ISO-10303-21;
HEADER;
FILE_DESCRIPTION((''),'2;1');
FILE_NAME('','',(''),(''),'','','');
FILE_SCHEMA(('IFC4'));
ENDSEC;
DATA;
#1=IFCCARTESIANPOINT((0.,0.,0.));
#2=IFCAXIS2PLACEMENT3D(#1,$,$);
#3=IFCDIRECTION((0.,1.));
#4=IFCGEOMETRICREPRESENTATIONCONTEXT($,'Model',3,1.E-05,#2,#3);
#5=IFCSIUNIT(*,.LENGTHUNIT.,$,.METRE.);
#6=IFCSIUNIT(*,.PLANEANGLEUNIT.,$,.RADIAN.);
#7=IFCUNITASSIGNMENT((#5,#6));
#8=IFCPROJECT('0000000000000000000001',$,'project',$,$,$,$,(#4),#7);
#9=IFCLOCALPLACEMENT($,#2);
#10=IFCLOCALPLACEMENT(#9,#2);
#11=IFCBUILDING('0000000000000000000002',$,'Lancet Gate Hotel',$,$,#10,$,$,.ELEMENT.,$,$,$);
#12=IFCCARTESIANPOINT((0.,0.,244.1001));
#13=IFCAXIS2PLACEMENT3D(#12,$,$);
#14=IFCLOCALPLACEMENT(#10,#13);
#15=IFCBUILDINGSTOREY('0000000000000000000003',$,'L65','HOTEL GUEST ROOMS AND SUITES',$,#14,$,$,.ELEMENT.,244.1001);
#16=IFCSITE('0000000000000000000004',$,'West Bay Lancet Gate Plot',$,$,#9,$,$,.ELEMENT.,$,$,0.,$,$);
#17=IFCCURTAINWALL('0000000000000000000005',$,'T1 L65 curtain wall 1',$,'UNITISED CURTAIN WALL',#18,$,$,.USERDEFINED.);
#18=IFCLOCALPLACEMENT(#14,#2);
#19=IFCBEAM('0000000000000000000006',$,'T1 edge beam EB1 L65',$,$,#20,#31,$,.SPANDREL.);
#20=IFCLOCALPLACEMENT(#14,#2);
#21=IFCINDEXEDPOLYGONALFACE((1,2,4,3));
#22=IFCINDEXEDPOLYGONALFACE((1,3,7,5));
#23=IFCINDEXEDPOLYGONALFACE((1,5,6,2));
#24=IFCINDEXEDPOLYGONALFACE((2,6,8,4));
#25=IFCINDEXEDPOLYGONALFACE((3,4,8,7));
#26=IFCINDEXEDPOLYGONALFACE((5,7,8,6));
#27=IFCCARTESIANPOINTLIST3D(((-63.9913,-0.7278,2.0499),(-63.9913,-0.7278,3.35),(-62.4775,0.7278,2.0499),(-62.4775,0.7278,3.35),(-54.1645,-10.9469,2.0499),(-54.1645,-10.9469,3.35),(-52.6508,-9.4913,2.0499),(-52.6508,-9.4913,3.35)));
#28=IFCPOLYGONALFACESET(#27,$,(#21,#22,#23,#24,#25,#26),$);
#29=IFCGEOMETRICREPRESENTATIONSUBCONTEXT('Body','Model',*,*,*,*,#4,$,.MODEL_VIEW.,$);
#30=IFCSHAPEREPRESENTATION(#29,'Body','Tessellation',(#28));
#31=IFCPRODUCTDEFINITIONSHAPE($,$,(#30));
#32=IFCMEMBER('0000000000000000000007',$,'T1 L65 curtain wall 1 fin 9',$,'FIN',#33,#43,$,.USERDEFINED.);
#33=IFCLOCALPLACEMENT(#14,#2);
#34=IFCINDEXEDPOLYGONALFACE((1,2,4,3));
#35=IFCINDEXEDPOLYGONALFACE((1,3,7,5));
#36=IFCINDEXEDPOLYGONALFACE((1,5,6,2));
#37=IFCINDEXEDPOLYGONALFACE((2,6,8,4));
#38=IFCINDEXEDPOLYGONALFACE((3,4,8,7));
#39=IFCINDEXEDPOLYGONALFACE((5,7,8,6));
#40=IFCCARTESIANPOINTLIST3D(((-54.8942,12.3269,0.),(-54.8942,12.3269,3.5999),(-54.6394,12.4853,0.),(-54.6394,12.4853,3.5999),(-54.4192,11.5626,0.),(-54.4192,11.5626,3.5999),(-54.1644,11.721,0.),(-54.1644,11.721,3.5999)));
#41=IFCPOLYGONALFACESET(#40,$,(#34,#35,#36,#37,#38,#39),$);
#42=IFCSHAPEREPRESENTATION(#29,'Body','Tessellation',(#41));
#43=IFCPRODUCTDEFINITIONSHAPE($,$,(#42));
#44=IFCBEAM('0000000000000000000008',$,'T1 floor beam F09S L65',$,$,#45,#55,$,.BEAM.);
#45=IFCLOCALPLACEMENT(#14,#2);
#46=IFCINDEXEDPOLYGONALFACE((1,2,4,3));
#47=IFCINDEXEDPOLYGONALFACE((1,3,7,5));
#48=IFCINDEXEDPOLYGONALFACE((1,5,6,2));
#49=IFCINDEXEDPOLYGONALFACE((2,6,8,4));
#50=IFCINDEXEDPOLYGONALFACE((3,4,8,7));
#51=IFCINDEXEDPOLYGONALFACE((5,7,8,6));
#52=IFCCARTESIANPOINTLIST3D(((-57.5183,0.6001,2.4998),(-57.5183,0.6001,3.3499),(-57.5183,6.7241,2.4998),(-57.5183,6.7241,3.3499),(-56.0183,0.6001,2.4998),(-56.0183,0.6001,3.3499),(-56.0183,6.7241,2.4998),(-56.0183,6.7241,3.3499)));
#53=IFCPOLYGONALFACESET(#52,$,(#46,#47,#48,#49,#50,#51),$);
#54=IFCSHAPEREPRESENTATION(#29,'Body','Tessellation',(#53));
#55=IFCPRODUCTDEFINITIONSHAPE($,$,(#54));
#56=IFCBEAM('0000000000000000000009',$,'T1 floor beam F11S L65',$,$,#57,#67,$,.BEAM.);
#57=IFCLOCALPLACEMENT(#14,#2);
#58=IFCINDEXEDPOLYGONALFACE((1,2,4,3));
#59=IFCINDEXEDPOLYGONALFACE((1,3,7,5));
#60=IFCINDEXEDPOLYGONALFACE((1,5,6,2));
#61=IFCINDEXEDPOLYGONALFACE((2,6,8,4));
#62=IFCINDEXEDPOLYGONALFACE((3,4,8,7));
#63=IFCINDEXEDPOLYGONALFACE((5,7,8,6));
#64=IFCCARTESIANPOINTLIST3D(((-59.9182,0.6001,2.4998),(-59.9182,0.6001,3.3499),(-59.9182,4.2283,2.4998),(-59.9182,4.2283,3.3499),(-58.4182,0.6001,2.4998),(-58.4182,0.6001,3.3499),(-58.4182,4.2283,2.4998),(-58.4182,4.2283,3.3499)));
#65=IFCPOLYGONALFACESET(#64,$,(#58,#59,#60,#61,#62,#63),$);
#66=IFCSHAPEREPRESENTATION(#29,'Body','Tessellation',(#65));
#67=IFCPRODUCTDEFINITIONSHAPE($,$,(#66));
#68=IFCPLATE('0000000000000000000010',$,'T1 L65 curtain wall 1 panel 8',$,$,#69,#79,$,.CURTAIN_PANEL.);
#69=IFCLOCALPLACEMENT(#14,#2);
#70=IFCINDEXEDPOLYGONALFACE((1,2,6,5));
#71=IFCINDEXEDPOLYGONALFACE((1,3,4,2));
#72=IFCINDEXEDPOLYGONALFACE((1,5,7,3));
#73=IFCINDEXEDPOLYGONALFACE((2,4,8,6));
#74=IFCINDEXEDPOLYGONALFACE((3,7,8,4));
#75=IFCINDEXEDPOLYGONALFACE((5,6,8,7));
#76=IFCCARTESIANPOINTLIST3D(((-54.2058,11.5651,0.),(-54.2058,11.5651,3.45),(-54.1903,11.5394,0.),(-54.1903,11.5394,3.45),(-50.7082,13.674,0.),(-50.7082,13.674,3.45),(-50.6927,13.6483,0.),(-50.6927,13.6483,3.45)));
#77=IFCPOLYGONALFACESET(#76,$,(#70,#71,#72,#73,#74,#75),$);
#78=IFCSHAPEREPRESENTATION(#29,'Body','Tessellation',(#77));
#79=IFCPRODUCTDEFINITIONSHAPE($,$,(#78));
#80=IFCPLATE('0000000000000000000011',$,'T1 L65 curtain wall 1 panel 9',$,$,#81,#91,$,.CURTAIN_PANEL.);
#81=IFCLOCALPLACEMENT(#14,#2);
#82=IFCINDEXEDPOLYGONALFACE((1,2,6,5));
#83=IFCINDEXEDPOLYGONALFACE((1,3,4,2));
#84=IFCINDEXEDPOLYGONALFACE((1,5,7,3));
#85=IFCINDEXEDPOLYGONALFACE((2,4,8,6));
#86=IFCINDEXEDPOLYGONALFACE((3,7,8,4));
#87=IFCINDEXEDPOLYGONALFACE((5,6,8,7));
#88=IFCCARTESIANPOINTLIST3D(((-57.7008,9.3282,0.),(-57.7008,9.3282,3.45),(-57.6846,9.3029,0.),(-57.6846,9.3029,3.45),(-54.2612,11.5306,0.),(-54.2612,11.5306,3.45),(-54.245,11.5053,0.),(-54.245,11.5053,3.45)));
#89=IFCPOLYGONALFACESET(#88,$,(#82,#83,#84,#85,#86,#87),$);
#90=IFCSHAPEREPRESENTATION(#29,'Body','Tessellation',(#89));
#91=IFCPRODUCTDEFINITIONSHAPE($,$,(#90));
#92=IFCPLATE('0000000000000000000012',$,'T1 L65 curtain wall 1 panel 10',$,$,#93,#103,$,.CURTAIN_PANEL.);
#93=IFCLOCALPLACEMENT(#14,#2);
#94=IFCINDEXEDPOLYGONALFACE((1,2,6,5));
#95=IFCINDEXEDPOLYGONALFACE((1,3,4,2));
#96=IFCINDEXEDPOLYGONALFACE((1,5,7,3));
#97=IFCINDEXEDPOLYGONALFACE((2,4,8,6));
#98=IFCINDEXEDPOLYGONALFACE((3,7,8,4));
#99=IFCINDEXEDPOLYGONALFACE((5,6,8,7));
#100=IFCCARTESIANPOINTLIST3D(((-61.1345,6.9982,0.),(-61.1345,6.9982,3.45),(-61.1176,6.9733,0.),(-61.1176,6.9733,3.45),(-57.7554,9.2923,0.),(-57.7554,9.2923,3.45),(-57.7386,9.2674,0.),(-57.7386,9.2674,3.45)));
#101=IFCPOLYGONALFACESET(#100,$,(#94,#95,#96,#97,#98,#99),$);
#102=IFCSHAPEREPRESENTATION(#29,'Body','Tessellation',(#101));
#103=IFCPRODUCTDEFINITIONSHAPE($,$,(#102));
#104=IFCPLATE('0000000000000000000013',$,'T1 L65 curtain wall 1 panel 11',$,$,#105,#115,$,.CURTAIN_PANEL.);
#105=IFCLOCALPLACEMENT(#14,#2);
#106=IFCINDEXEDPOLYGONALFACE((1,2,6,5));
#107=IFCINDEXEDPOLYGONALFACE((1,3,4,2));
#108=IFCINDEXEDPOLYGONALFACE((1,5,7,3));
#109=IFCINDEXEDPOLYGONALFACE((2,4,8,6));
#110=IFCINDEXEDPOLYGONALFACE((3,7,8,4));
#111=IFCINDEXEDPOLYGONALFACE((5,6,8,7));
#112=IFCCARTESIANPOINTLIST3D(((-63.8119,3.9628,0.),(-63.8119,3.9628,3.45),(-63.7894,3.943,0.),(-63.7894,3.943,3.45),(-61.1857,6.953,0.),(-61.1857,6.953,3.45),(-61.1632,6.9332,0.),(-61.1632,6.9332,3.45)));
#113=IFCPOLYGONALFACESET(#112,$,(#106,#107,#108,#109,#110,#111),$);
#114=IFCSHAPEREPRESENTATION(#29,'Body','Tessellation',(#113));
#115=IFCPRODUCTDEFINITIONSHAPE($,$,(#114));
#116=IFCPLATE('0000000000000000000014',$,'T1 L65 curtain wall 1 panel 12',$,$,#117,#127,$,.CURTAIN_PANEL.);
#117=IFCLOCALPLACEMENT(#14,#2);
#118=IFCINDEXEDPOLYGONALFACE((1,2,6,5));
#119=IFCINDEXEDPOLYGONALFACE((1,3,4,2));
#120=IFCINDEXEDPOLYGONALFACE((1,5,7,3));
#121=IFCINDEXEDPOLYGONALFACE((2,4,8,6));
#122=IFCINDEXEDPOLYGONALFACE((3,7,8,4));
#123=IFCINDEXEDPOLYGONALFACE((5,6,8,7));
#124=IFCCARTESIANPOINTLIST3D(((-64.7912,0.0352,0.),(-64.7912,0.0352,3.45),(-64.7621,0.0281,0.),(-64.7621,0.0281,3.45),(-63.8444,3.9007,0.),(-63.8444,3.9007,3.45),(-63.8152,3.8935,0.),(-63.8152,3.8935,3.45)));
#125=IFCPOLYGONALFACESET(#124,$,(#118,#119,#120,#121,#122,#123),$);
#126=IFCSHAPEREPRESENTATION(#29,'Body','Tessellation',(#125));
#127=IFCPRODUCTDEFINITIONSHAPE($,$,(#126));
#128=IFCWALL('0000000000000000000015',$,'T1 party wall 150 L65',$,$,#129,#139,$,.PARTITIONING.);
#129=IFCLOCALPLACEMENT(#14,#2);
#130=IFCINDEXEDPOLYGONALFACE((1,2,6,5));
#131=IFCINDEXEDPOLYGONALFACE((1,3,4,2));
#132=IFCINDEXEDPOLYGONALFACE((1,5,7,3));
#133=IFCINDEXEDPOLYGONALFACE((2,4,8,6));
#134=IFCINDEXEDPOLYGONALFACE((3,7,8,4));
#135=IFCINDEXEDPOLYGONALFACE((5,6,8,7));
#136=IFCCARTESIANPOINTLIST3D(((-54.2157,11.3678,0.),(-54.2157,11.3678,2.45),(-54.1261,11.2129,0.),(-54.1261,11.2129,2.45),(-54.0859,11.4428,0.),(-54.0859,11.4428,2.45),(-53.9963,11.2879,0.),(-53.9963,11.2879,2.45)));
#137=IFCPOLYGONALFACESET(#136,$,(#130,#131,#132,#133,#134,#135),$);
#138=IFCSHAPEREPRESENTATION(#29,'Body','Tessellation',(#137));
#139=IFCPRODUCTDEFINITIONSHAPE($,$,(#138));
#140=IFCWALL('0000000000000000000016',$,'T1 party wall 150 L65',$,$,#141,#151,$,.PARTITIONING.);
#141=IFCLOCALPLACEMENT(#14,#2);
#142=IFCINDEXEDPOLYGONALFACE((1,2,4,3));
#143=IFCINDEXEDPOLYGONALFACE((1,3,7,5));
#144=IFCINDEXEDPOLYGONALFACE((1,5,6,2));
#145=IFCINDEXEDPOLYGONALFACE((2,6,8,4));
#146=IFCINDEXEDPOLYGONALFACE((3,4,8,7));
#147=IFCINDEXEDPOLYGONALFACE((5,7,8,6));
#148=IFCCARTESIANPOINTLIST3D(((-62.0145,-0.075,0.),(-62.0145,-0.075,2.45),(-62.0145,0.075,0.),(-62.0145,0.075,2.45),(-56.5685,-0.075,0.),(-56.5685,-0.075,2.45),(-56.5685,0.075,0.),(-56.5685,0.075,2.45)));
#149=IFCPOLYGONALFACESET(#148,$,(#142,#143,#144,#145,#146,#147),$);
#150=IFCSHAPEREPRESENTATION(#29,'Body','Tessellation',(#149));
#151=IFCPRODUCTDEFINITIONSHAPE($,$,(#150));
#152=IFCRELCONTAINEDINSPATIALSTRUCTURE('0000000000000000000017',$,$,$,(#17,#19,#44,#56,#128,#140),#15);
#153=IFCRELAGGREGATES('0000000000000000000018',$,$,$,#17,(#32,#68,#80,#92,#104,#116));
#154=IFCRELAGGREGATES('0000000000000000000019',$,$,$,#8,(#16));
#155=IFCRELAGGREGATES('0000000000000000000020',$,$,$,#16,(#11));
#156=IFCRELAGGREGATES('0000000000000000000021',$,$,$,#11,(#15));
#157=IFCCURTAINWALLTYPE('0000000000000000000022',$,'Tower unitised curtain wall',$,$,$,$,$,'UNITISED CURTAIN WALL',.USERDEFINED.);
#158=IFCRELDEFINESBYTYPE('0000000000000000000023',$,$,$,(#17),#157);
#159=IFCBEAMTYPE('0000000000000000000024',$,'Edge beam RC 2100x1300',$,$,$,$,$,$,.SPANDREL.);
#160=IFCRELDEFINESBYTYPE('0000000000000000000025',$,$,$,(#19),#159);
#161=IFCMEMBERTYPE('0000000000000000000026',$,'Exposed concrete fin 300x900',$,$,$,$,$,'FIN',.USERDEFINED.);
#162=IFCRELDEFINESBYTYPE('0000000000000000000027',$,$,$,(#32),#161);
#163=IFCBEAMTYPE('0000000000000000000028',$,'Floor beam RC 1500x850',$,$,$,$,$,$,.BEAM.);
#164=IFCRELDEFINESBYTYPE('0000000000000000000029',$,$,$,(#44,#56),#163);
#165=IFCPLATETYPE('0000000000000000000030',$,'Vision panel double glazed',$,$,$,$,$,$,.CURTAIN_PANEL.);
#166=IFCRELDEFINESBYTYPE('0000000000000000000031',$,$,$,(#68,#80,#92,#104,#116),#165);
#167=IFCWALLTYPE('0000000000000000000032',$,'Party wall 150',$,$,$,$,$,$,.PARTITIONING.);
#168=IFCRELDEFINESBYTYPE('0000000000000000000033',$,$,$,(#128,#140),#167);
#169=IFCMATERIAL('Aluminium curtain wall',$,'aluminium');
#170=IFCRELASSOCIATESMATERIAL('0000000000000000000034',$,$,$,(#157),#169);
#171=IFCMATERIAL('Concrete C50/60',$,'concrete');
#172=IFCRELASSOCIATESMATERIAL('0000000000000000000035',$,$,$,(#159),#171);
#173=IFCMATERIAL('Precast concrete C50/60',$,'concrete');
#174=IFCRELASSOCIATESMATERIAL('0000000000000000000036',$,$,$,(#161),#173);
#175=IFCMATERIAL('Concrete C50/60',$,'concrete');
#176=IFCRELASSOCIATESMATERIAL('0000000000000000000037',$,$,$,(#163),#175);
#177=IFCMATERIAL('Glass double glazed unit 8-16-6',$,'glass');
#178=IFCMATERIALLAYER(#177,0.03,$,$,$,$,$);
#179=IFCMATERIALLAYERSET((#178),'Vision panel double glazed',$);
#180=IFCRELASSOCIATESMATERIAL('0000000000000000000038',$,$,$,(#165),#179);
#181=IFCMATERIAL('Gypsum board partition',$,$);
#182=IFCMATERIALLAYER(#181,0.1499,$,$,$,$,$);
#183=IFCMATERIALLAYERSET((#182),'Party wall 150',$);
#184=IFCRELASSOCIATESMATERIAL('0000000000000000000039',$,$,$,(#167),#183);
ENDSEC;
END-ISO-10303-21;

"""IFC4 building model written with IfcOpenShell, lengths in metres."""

from ifc_helpers import new_model, si_unit, direction, frame, frame_2d, origin, origin_2d, place, context, subcontext, project, spatial, rectangle, extrude, material, layer, layer_set, material_profile, profile_set, type_object, element, aggregate, save


model = new_model("IFC4")

# Units and contexts
model_context = context("Model", 3, precision=1e-05, world=origin(), true_north=direction((0.0, 1.0)))
body_context = subcontext(model_context, "Body", "Model", "MODEL_VIEW")
ifc_project = project(units=[si_unit("LENGTHUNIT", "METRE"), si_unit("PLANEANGLEUNIT", "RADIAN")], contexts=[model_context])

# Site, building, storey
site_placement = place(None, origin())
site = spatial("IfcSite", under=ifc_project, at=site_placement, Name="West Bay Lancet Gate Plot", CompositionType="ELEMENT", RefElevation=0.0)
building_placement = place(site_placement, origin())
building = spatial("IfcBuilding", under=site, at=building_placement, Name="Lancet Gate Hotel", CompositionType="ELEMENT")
storey_placement = place(building_placement, frame((0.0, 0.0, 244.1001)))
storey = spatial("IfcBuildingStorey", under=building, at=storey_placement, Name="L65", Description="HOTEL GUEST ROOMS AND SUITES", CompositionType="ELEMENT", Elevation=244.1001)

# Curtain wall
ifc_material_1 = material(Name="Aluminium curtain wall", Category="aluminium")
curtain_wall_type = type_object("IfcCurtainWallType", Name="Tower unitised curtain wall", ElementType="UNITISED CURTAIN WALL", PredefinedType="USERDEFINED", material=ifc_material_1)
curtain_wall_placement = place(storey_placement, origin())
curtain_wall = element("IfcCurtainWall", 1, at=curtain_wall_placement, inside=storey, type_object=curtain_wall_type, Name="T1 L65 curtain wall 1", ObjectType="UNITISED CURTAIN WALL", PredefinedType="USERDEFINED")

# Beam
ifc_material_2 = material(Name="Concrete C50/60", Category="concrete")
ifc_material_profile_1 = material_profile(ifc_material_2, rectangle(XDim=2.1001, YDim=1.3, at=origin_2d()), Name="RC 2100x1300")
ifc_profile_set_1 = profile_set([ifc_material_profile_1], Name="Concrete C50/60")
beam_type_1 = type_object("IfcBeamType", Name="Edge beam RC 2100x1300", PredefinedType="SPANDREL", material=ifc_profile_set_1)
for number, where, z_axis, x_axis, name in (
    (2, (-63.2344, 0.0, 2.7), (0.693135, -0.720808, 0.0), (0.720808, 0.693135, 0.0), "T1 edge beam EB1 L65"),
):
    element("IfcBeam", number, at=place(storey_placement, frame(where, z_axis=z_axis, x_axis=x_axis)), inside=storey, type_object=beam_type_1, Name=name, PredefinedType="SPANDREL", context=body_context, shape_type="SweptSolid", body=[
        extrude(rectangle(XDim=2.1001, YDim=1.3, at=origin_2d()), origin(), (0.0, 0.0, 1.0), 14.1772),
    ])

# Member
ifc_material_3 = material(Name="Precast concrete C50/60", Category="concrete")
ifc_material_profile_2 = material_profile(ifc_material_3, rectangle(XDim=0.3, YDim=0.8999, at=origin_2d()), Name="FIN 300x900")
ifc_profile_set_2 = profile_set([ifc_material_profile_2], Name="Precast concrete C50/60")
member_type_1 = type_object("IfcMemberType", Name="Exposed concrete fin 300x900", ElementType="FIN", PredefinedType="USERDEFINED", material=ifc_profile_set_2)
member_1_placement = place(storey_placement, frame((-54.5293, 12.0239, 0.0), z_axis=(0.0, 0.0, 1.0), x_axis=(-0.849342, -0.527842, 0.0)))
member_1 = element("IfcMember", 3, at=member_1_placement, type_object=member_type_1, Name="T1 L65 curtain wall 1 fin 9", ObjectType="FIN", PredefinedType="USERDEFINED", context=body_context, shape_type="SweptSolid", body=[
    extrude(rectangle(XDim=0.3, YDim=0.8999, at=origin_2d()), origin(), (0.0, 0.0, 1.0), 3.5999),
])

# Beams
ifc_material_4 = material(Name="Concrete C50/60", Category="concrete")
ifc_material_profile_3 = material_profile(ifc_material_4, rectangle(XDim=1.5, YDim=0.8501, at=origin_2d()), Name="RC 1500x850")
ifc_profile_set_3 = profile_set([ifc_material_profile_3], Name="Concrete C50/60")
beam_type_2 = type_object("IfcBeamType", Name="Floor beam RC 1500x850", PredefinedType="BEAM", material=ifc_profile_set_3)
beam_1_placement = place(storey_placement, frame((-56.7683, 6.7241, 2.9248), z_axis=(0.0, -1.0, 0.0), x_axis=(1.0, 0.0, 0.0)))
element("IfcBeam", 4, at=beam_1_placement, inside=storey, type_object=beam_type_2, Name="T1 floor beam F09S L65", PredefinedType="BEAM", context=body_context, shape_type="SweptSolid", body=[
    extrude(rectangle(XDim=1.5, YDim=0.8501, at=origin_2d()), origin(), (0.0, 0.0, 1.0), 6.124),
])
beam_2_placement = place(storey_placement, frame((-59.1682, 4.2283, 2.9248), z_axis=(0.0, -1.0, 0.0), x_axis=(1.0, 0.0, 0.0)))
element("IfcBeam", 5, at=beam_2_placement, inside=storey, type_object=beam_type_2, Name="T1 floor beam F11S L65", PredefinedType="BEAM", context=body_context, shape_type="SweptSolid", body=[
    extrude(rectangle(XDim=1.5, YDim=0.8501, at=origin_2d()), origin(), (0.0, 0.0, 1.0), 3.6282),
])

# Plates
ifc_material_5 = material(Name="Glass double glazed unit 8-16-6", Category="glass")
ifc_layer_1 = layer(ifc_material_5, 0.03)
ifc_layer_set_1 = layer_set([ifc_layer_1], Name="Vision panel double glazed")
plate_type = type_object("IfcPlateType", Name="Vision panel double glazed", PredefinedType="CURTAIN_PANEL", material=ifc_layer_set_1)
plate_1_placement = place(storey_placement, frame((-52.4492, 12.6067, 0.0), z_axis=(0.0, 0.0, 1.0), x_axis=(-0.85637, -0.516363, 0.0)))
plate_1 = element("IfcPlate", 6, at=plate_1_placement, type_object=plate_type, Name="T1 L65 curtain wall 1 panel 8", PredefinedType="CURTAIN_PANEL", context=body_context, shape_type="SweptSolid", body=[
    extrude(rectangle(XDim=4.0842, YDim=0.03, at=origin_2d()), origin(), (0.0, 0.0, 1.0), 3.45),
])
plate_2_placement = place(storey_placement, frame((-55.9729, 10.4167, 0.0), z_axis=(0.0, 0.0, 1.0), x_axis=(-0.842161, -0.539226, 0.0)))
plate_2 = element("IfcPlate", 7, at=plate_2_placement, type_object=plate_type, Name="T1 L65 curtain wall 1 panel 9", PredefinedType="CURTAIN_PANEL", context=body_context, shape_type="SweptSolid", body=[
    extrude(rectangle(XDim=4.0842, YDim=0.03, at=origin_2d()), origin(), (0.0, 0.0, 1.0), 3.45),
])
plate_3_placement = place(storey_placement, frame((-59.4365, 8.1328, 0.0), z_axis=(0.0, 0.0, 1.0), x_axis=(-0.827342, -0.561698, 0.0)))
plate_3 = element("IfcPlate", 8, at=plate_3_placement, type_object=plate_type, Name="T1 L65 curtain wall 1 panel 10", PredefinedType="CURTAIN_PANEL", context=body_context, shape_type="SweptSolid", body=[
    extrude(rectangle(XDim=4.0842, YDim=0.03, at=origin_2d()), origin(), (0.0, 0.0, 1.0), 3.45),
])
plate_4_placement = place(storey_placement, frame((-62.4875, 5.448, 0.0), z_axis=(0.0, 0.0, 1.0), x_axis=(-0.659892, -0.751361, 0.0)))
plate_4 = element("IfcPlate", 9, at=plate_4_placement, type_object=plate_type, Name="T1 L65 curtain wall 1 panel 11", PredefinedType="CURTAIN_PANEL", context=body_context, shape_type="SweptSolid", body=[
    extrude(rectangle(XDim=3.9797, YDim=0.03, at=origin_2d()), origin(), (0.0, 0.0, 1.0), 3.45),
])
plate_5_placement = place(storey_placement, frame((-64.3032, 1.9644, 0.0), z_axis=(0.0, 0.0, 1.0), x_axis=(-0.237921, -0.971285, 0.0)))
plate_5 = element("IfcPlate", 10, at=plate_5_placement, type_object=plate_type, Name="T1 L65 curtain wall 1 panel 12", PredefinedType="CURTAIN_PANEL", context=body_context, shape_type="SweptSolid", body=[
    extrude(rectangle(XDim=3.9797, YDim=0.03, at=origin_2d()), origin(), (0.0, 0.0, 1.0), 3.45),
])
aggregate(curtain_wall, [member_1, plate_1, plate_2, plate_3, plate_4, plate_5])

# Walls
ifc_material_6 = material(Name="Gypsum board partition")
ifc_layer_2 = layer(ifc_material_6, 0.1499)
ifc_layer_set_2 = layer_set([ifc_layer_2], Name="Party wall 150")
wall_type = type_object("IfcWallType", Name="Party wall 150", PredefinedType="PARTITIONING", material=ifc_layer_set_2)
wall_1_placement = place(storey_placement, frame((-54.0613, 11.2505, 0.0), z_axis=(0.0, 0.0, 1.0), x_axis=(-0.500391, 0.865799, 0.0)))
element("IfcWall", 11, at=wall_1_placement, inside=storey, type_object=wall_type, Name="T1 party wall 150 L65", PredefinedType="PARTITIONING", context=body_context, shape_type="SweptSolid", body=[
    extrude(rectangle(XDim=0.179, YDim=0.1499, at=frame_2d((0.0894, 0.0))), origin(), (0.0, 0.0, 1.0), 2.45),
])
wall_2_placement = place(storey_placement, frame((-56.5684, 0.0, 0.0), z_axis=(0.0, 0.0, 1.0), x_axis=(-1.0, 0.0, 0.0)))
element("IfcWall", 12, at=wall_2_placement, inside=storey, type_object=wall_type, Name="T1 party wall 150 L65", PredefinedType="PARTITIONING", context=body_context, shape_type="SweptSolid", body=[
    extrude(rectangle(XDim=5.446, YDim=0.1499, at=frame_2d((2.7231, 0.0))), origin(), (0.0, 0.0, 1.0), 2.45),
])

save(model, "model.ifc")
